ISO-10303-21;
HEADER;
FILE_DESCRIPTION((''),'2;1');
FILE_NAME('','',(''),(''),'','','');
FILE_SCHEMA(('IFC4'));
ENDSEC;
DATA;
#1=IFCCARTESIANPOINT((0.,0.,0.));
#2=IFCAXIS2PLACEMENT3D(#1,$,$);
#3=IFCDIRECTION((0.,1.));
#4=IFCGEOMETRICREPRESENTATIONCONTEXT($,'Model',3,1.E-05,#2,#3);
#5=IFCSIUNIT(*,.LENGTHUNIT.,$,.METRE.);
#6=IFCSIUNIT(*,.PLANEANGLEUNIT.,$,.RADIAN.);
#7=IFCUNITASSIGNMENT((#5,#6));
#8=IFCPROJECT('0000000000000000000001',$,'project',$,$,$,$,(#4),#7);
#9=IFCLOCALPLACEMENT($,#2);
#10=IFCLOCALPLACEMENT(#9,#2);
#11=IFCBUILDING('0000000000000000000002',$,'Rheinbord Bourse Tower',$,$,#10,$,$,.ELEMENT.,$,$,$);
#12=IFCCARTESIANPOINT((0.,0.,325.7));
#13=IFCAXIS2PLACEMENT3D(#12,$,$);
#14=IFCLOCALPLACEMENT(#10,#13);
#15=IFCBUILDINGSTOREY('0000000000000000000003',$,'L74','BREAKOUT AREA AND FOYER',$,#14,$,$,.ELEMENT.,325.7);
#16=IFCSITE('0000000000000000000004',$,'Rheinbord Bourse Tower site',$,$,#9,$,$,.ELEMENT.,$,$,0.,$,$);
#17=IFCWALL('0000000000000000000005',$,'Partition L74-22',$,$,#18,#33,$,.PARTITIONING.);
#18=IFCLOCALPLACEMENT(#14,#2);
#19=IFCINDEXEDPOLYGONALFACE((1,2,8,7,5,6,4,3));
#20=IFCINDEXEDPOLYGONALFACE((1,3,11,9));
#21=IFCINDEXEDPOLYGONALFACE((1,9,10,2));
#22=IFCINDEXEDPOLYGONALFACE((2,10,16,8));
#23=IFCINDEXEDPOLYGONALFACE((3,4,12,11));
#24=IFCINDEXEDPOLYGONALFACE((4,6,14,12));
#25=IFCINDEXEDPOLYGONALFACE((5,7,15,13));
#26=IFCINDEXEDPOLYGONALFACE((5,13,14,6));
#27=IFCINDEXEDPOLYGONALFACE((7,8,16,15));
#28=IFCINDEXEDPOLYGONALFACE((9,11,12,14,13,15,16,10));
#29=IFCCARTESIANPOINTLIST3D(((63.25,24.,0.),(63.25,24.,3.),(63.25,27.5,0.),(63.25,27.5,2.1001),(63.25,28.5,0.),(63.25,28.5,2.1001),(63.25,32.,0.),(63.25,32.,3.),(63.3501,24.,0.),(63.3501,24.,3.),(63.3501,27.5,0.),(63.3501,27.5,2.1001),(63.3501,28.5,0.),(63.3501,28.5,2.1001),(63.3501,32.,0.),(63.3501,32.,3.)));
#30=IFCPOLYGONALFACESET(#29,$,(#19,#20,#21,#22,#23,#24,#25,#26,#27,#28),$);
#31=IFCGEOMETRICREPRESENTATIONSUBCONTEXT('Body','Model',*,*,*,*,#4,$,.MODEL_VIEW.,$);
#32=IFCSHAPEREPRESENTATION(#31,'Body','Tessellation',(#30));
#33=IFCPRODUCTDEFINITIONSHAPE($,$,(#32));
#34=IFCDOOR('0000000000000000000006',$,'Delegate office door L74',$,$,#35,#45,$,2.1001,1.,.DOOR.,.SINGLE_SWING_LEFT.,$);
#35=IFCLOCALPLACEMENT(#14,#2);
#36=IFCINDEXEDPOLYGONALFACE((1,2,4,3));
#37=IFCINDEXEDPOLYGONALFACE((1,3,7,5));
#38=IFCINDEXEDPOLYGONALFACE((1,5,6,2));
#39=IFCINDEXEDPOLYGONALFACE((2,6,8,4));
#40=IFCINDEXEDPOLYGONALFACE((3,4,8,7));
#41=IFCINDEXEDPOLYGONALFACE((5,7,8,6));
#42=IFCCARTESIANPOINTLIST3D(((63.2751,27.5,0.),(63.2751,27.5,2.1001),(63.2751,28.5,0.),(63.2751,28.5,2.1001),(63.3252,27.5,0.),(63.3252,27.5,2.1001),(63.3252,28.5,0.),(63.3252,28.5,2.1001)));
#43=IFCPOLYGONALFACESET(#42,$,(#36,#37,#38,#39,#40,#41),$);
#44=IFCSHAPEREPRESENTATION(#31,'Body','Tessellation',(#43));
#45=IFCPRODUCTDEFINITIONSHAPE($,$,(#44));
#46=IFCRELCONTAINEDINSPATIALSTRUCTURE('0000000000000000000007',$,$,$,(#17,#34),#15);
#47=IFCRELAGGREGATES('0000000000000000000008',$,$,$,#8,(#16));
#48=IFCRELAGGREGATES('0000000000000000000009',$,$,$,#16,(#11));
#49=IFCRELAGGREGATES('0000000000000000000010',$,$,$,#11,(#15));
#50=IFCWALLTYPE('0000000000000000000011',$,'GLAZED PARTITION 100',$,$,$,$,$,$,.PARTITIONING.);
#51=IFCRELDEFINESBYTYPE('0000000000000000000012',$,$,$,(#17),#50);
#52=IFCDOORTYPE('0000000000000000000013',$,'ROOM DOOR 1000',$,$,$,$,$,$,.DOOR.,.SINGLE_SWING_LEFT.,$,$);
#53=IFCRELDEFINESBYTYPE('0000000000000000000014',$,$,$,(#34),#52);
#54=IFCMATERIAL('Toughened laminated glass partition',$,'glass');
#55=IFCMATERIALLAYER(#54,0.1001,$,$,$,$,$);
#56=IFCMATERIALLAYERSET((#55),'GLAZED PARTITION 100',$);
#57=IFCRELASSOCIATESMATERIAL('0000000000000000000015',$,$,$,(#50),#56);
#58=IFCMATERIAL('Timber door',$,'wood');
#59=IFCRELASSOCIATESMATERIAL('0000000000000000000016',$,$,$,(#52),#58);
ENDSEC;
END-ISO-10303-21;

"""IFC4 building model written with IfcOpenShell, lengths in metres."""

from ifc_helpers import new_model, si_unit, direction, frame, frame_2d, origin, place, context, subcontext, project, spatial, rectangle, extrude, material, layer, layer_set, type_object, element, fill, save


model = new_model("IFC4")

# Units and contexts
model_context = context("Model", 3, precision=1e-05, world=origin(), true_north=direction((0.0, 1.0)))
body_context = subcontext(model_context, "Body", "Model", "MODEL_VIEW")
ifc_project = project(units=[si_unit("LENGTHUNIT", "METRE"), si_unit("PLANEANGLEUNIT", "RADIAN")], contexts=[model_context])

# Site, building, storey
site_placement = place(None, origin())
site = spatial("IfcSite", under=ifc_project, at=site_placement, Name="Rheinbord Bourse Tower site", CompositionType="ELEMENT", RefElevation=0.0)
building_placement = place(site_placement, origin())
building = spatial("IfcBuilding", under=site, at=building_placement, Name="Rheinbord Bourse Tower", CompositionType="ELEMENT")
storey_placement = place(building_placement, frame((0.0, 0.0, 325.7)))
storey = spatial("IfcBuildingStorey", under=building, at=storey_placement, Name="L74", Description="BREAKOUT AREA AND FOYER", CompositionType="ELEMENT", Elevation=325.7)

# Shared definitions
ifc_material_1 = material(Name="Toughened laminated glass partition", Category="glass")
ifc_layer_1 = layer(ifc_material_1, 0.1001)
ifc_layer_set_1 = layer_set([ifc_layer_1], Name="GLAZED PARTITION 100")
wall_type = type_object("IfcWallType", Name="GLAZED PARTITION 100", PredefinedType="PARTITIONING", material=ifc_layer_set_1)

# Wall, opening, door
wall_placement = place(storey_placement, frame((63.3, 24.0, 0.0), z_axis=(0.0, 0.0, 1.0), x_axis=(0.0, 1.0, 0.0)))
wall = element("IfcWall", 1, at=wall_placement, inside=storey, type_object=wall_type, Name="Partition L74-22", PredefinedType="PARTITIONING", context=body_context, shape_type="SweptSolid", body=[
    extrude(rectangle(XDim=8.0, YDim=0.1001, at=frame_2d((4.0, 0.0))), origin(), (0.0, 0.0, 1.0), 3.0),
])
opening_placement = place(wall_placement, frame((3.5, 0.0, 0.0)))
opening = element("IfcOpeningElement", 2, at=opening_placement, cuts=wall, PredefinedType="OPENING", context=body_context, shape_type="SweptSolid", body=[
    extrude(rectangle(XDim=1.0, YDim=2.1001, at=frame_2d((0.5, 1.05))), frame((0.0, 0.0601, 0.0), z_axis=(0.0, -1.0, 0.0), x_axis=(1.0, 0.0, 0.0)), (0.0, 0.0, 1.0), 0.1201),
])
ifc_material_2 = material(Name="Timber door", Category="wood")
door_type = type_object("IfcDoorType", Name="ROOM DOOR 1000", OperationType="SINGLE_SWING_LEFT", PredefinedType="DOOR", material=ifc_material_2)
door_placement = place(opening_placement, origin())
door = element("IfcDoor", 3, at=door_placement, inside=storey, type_object=door_type, Name="Delegate office door L74", OperationType="SINGLE_SWING_LEFT", OverallHeight=2.1001, OverallWidth=1.0, PredefinedType="DOOR", context=body_context, shape_type="SweptSolid", body=[
    extrude(rectangle(XDim=1.0, YDim=2.1001, at=frame_2d((0.5, 1.05))), frame((0.0, 0.0249, 0.0), z_axis=(0.0, -1.0, 0.0), x_axis=(1.0, 0.0, 0.0)), (0.0, 0.0, 1.0), 0.05),
])
fill(opening, door)

save(model, "model.ifc")
